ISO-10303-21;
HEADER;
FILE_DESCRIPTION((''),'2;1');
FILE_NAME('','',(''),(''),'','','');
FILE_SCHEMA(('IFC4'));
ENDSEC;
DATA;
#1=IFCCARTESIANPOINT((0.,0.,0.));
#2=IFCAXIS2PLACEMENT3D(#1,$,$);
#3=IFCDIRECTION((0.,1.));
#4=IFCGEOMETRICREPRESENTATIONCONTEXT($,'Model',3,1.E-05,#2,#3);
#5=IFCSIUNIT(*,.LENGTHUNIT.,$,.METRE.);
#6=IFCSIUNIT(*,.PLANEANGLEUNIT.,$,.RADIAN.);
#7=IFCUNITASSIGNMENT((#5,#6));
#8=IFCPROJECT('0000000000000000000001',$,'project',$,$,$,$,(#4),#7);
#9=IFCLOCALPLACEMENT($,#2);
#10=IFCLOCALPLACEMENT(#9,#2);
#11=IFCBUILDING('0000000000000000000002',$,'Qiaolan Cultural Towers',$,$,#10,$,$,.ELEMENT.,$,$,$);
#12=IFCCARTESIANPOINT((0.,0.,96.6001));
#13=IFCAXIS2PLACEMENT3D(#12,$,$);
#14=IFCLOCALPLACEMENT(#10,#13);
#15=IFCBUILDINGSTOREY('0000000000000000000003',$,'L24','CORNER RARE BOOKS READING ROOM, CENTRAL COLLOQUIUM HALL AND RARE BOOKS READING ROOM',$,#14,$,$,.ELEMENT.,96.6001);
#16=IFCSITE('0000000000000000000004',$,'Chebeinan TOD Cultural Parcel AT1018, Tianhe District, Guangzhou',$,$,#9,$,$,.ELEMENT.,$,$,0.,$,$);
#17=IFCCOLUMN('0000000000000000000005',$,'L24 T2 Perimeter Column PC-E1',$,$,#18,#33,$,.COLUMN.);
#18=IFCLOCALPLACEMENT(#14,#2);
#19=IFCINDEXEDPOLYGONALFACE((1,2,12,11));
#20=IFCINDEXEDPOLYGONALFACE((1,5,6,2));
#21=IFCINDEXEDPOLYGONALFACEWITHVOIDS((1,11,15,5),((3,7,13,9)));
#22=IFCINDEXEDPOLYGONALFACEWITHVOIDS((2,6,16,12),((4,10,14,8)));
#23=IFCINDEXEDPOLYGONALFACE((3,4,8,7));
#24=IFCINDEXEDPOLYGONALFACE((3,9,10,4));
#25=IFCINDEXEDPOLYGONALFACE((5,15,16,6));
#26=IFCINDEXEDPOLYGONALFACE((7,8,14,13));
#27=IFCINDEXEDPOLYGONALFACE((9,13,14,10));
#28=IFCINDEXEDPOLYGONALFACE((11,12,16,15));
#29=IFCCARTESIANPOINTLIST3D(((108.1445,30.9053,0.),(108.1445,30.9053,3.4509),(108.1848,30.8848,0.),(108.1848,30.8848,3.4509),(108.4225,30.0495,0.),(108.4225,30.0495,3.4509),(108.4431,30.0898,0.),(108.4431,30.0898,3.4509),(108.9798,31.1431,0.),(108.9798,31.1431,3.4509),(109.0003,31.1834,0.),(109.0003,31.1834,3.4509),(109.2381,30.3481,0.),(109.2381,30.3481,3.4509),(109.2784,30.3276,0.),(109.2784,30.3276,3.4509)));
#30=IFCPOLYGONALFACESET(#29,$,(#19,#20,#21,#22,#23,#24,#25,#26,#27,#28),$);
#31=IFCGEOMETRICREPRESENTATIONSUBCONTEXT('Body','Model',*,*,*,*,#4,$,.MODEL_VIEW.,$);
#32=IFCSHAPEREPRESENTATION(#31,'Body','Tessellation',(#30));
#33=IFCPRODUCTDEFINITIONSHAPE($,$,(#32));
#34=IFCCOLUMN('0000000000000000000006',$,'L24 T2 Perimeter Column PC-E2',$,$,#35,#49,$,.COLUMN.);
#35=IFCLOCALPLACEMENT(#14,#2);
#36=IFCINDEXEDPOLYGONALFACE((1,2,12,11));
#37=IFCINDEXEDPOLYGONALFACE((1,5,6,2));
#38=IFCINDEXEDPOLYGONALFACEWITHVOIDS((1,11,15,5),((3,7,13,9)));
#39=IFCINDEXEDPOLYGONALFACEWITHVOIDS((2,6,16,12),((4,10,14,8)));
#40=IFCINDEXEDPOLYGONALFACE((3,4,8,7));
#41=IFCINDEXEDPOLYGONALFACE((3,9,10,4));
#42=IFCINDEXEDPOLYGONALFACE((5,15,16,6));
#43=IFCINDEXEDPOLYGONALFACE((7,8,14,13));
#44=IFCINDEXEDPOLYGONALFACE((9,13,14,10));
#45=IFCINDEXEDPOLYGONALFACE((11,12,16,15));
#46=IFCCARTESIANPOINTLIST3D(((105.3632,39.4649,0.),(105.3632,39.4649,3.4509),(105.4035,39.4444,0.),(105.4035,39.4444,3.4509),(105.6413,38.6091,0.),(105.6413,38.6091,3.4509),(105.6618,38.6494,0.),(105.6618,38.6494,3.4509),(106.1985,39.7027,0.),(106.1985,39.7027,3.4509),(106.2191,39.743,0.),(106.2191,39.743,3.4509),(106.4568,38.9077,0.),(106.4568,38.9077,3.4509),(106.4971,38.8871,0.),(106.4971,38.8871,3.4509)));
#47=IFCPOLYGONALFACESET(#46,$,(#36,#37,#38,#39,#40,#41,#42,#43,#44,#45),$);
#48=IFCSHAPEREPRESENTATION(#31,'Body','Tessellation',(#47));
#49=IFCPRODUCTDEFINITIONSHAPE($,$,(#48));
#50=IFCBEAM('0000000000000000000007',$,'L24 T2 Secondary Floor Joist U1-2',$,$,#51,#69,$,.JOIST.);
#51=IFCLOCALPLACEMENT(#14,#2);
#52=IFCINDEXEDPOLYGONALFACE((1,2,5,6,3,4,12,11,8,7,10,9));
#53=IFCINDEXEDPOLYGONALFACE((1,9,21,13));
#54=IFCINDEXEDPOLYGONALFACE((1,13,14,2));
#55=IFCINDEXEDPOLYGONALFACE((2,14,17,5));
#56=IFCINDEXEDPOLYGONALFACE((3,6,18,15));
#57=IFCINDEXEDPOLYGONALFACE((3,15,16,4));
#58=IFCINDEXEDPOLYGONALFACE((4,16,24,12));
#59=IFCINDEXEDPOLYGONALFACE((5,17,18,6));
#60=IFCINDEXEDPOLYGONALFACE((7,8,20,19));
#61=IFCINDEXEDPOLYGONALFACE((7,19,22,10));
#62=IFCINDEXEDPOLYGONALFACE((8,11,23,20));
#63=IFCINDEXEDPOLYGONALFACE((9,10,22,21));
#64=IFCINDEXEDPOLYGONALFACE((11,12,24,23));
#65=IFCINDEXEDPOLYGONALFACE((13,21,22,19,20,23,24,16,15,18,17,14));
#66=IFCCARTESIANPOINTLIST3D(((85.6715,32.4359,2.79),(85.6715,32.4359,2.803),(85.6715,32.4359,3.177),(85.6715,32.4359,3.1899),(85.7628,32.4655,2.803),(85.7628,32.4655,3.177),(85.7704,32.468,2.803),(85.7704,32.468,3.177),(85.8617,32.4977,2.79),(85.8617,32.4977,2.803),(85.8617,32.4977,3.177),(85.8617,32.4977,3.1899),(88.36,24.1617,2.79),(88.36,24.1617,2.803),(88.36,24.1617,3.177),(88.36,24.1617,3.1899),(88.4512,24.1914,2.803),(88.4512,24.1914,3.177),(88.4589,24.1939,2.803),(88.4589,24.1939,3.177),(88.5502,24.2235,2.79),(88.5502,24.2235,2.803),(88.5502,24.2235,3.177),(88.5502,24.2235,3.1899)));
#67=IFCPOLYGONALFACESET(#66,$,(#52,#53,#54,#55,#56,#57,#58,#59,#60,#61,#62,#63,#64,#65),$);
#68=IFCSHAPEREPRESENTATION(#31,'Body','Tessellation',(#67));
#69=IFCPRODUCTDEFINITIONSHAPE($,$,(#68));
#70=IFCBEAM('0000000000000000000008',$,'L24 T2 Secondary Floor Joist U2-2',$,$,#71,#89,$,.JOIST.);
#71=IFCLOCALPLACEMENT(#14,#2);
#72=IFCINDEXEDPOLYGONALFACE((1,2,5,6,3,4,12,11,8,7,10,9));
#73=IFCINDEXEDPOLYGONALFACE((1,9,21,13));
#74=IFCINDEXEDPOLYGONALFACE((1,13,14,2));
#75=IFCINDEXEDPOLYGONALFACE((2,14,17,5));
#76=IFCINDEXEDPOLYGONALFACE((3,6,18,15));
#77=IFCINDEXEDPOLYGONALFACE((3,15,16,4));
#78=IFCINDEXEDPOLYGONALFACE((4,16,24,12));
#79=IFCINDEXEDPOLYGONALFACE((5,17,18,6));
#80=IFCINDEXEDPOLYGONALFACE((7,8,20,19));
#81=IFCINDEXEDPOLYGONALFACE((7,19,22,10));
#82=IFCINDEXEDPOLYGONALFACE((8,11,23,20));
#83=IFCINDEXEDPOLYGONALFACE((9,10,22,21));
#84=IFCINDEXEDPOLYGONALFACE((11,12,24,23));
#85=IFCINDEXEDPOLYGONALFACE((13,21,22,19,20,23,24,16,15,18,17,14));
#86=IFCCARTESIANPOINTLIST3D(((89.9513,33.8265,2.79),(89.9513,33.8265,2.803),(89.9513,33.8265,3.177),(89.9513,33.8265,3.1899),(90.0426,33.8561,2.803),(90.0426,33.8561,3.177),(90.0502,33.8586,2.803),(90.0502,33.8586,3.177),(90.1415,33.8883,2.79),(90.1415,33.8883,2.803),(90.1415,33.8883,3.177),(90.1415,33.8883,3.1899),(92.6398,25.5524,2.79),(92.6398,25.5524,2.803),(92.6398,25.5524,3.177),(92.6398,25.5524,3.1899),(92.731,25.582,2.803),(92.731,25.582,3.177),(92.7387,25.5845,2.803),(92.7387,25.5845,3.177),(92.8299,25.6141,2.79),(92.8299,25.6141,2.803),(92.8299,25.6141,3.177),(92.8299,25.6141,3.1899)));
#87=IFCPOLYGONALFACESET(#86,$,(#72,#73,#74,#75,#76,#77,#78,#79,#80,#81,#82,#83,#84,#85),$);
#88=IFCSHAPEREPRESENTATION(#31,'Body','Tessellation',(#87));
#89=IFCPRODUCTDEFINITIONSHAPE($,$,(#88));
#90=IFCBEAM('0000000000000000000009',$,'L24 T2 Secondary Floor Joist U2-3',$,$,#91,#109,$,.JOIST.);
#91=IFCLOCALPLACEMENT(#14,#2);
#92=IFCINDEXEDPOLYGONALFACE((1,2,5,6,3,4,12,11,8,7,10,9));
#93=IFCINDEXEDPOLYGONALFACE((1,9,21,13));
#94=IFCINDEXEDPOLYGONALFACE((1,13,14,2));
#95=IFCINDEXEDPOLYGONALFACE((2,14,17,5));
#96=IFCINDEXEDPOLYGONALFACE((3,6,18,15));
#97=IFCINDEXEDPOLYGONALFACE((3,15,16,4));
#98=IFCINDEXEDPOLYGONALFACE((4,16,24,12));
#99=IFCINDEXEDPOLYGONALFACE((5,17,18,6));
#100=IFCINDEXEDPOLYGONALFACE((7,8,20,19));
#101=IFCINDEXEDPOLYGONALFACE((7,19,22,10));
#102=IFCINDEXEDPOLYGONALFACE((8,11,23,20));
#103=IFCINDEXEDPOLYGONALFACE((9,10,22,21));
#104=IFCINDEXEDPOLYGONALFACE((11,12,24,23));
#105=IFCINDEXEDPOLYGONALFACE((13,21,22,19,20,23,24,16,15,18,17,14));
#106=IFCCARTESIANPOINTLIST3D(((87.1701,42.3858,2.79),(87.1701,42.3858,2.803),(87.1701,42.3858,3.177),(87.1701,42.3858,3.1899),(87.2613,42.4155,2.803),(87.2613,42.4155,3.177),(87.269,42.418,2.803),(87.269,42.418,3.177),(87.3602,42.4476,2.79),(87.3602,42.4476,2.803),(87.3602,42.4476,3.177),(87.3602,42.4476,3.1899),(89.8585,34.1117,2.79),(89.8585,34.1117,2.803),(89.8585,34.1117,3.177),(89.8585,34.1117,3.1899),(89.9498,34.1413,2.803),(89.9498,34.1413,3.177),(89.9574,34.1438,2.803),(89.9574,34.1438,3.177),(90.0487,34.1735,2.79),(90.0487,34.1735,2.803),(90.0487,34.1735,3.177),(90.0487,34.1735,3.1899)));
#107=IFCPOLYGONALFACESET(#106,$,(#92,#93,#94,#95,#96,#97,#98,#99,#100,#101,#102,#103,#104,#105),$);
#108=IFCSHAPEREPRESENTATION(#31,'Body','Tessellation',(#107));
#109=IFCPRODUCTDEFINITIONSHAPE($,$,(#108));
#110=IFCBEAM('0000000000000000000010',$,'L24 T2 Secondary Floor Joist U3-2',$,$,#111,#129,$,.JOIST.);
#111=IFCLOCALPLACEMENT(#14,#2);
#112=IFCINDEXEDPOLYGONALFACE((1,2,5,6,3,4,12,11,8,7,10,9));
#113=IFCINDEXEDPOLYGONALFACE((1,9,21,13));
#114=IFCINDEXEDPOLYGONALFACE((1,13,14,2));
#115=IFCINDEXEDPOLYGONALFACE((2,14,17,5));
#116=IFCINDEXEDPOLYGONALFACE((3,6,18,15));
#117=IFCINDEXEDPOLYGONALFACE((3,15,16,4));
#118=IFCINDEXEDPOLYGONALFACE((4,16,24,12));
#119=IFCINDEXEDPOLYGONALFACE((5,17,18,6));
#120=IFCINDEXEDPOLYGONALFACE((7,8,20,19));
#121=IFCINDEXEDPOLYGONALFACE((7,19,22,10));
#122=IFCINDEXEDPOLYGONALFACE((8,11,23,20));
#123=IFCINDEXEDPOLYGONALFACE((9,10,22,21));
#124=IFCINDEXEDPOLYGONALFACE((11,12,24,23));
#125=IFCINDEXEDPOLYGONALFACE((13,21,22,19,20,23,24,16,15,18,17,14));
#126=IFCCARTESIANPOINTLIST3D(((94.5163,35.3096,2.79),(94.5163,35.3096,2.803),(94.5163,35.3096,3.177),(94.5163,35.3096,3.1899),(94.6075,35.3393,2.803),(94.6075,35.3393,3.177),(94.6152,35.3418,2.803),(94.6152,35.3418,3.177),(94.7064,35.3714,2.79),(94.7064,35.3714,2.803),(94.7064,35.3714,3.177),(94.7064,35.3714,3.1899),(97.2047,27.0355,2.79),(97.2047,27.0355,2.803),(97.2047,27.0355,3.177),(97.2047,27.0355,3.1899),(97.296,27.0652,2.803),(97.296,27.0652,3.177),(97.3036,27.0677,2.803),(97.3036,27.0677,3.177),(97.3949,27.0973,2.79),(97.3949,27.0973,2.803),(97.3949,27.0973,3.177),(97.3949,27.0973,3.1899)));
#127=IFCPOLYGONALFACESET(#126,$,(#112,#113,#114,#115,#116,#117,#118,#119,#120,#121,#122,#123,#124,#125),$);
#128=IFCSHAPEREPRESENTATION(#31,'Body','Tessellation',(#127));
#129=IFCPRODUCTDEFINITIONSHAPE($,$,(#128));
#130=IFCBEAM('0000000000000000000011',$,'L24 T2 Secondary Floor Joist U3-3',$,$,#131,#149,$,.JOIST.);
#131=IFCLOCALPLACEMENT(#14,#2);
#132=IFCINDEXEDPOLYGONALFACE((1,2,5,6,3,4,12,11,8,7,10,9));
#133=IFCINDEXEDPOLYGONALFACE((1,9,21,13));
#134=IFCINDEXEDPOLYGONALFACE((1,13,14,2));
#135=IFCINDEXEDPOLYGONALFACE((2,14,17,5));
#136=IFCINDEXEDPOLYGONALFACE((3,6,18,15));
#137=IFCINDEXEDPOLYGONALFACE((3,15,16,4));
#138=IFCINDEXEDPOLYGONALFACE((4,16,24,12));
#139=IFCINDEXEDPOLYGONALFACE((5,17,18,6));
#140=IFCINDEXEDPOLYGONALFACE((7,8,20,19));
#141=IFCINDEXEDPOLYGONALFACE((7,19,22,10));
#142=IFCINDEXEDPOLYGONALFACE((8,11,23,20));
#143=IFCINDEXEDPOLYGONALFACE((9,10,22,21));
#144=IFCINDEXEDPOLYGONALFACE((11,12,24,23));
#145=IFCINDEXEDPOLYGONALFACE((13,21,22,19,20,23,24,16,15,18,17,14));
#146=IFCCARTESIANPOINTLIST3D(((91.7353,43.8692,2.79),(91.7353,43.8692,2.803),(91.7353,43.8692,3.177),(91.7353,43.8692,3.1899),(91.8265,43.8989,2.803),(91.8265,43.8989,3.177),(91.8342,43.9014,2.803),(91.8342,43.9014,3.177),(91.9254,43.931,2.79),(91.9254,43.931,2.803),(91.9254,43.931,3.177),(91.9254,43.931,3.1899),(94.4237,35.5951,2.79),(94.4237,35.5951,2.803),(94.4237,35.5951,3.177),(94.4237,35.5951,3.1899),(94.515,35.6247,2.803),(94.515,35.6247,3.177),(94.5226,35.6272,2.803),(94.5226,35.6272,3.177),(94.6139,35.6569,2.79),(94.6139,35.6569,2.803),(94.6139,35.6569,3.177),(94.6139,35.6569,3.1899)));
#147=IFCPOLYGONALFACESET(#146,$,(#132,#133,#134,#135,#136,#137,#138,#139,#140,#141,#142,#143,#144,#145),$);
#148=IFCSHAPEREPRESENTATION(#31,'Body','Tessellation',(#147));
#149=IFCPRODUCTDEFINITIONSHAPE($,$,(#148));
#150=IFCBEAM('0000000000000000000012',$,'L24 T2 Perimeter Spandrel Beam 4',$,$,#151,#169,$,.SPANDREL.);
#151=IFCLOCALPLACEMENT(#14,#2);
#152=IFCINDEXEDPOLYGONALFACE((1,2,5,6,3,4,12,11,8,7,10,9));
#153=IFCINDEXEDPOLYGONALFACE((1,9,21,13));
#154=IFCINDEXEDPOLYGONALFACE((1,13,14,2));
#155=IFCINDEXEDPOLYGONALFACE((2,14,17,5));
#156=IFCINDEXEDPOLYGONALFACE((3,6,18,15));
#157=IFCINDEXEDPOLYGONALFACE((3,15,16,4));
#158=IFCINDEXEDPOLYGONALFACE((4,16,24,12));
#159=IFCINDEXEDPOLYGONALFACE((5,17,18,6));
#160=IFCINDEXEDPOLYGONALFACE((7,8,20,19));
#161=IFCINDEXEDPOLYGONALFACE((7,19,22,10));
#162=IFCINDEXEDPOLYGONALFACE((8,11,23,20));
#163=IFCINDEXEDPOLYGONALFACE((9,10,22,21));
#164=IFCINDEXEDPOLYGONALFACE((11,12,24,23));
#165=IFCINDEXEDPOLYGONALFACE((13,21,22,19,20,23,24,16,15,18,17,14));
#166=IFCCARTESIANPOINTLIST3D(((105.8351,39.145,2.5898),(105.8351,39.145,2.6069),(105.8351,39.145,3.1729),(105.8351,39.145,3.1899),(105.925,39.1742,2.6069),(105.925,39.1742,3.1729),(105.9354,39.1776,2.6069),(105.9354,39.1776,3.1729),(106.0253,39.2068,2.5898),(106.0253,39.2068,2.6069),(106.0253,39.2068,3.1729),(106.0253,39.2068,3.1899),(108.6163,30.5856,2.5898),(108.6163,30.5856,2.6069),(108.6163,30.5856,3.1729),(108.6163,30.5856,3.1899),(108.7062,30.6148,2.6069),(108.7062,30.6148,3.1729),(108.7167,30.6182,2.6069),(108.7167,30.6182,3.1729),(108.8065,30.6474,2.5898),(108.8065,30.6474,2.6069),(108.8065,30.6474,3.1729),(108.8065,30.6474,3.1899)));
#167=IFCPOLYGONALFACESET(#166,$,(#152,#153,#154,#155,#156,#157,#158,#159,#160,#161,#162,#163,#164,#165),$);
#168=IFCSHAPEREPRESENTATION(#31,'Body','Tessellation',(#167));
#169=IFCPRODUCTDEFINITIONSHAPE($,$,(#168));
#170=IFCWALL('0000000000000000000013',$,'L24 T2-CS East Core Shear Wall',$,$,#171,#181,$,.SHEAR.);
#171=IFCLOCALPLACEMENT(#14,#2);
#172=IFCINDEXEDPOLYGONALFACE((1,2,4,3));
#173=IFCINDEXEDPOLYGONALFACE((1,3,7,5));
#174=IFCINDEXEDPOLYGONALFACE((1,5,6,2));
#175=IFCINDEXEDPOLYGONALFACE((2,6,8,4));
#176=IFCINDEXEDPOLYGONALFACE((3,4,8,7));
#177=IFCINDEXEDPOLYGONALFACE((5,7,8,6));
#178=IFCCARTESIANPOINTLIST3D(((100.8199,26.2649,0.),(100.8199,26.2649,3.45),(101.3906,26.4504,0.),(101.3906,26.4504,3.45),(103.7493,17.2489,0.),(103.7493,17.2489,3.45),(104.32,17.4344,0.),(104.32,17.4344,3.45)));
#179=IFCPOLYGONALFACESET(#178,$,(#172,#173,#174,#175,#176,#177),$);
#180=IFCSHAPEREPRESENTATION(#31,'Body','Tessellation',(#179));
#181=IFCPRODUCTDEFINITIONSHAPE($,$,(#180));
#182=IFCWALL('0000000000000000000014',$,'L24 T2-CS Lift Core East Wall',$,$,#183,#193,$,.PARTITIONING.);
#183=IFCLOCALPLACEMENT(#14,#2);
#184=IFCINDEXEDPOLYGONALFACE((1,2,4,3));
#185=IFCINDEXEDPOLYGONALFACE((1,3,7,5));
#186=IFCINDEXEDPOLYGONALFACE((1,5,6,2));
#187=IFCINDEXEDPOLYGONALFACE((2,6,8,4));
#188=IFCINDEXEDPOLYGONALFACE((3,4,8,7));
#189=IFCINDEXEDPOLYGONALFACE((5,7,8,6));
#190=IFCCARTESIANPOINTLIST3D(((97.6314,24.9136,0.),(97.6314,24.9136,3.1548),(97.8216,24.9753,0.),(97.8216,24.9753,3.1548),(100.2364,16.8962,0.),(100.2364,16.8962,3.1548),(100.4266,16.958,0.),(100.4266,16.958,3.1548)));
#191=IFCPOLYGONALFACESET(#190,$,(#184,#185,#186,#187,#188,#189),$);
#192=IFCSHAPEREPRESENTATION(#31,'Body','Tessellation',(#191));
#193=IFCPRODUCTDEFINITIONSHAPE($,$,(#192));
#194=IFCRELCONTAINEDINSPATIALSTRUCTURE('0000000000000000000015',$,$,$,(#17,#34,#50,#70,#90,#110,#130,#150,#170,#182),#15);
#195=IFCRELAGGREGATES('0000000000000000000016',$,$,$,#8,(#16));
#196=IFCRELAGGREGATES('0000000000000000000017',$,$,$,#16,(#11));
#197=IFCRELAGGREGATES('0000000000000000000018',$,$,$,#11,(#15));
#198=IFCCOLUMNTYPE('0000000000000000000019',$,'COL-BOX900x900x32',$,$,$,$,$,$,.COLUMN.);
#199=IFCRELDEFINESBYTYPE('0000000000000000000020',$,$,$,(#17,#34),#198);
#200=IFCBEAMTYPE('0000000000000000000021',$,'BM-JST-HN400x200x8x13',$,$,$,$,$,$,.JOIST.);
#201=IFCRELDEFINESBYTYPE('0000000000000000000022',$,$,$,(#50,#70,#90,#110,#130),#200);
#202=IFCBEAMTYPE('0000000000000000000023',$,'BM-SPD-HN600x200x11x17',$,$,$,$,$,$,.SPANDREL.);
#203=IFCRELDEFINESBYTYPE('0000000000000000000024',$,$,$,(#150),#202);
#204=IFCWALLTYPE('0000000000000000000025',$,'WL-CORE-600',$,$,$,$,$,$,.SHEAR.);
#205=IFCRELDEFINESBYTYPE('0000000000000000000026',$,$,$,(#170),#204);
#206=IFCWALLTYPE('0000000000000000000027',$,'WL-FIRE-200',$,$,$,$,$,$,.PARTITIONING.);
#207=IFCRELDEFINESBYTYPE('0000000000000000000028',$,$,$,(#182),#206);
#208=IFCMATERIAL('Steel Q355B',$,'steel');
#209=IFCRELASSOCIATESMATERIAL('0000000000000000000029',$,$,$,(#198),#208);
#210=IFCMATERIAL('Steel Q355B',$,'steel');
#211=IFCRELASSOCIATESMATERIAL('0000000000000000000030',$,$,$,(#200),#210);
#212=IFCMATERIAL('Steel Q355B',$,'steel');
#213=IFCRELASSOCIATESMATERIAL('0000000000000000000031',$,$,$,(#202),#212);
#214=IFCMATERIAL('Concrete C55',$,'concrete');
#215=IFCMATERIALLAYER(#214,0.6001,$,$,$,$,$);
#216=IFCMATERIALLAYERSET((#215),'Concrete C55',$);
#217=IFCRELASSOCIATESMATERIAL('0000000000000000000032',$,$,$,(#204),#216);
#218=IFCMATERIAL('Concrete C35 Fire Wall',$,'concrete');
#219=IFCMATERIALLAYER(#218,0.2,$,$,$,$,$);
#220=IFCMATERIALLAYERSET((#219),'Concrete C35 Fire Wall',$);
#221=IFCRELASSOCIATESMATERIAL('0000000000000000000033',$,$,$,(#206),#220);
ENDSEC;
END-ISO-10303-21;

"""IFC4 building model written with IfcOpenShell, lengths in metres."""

from ifc_helpers import new_model, si_unit, direction, frame, frame_2d, origin, origin_2d, place, context, subcontext, project, spatial, rectangle, hollow_rectangle, i_section, extrude, material, layer, layer_set, material_profile, profile_set, type_object, element, save


model = new_model("IFC4")

# Units and contexts
model_context = context("Model", 3, precision=1e-05, world=origin(), true_north=direction((0.0, 1.0)))
body_context = subcontext(model_context, "Body", "Model", "MODEL_VIEW")
ifc_project = project(units=[si_unit("LENGTHUNIT", "METRE"), si_unit("PLANEANGLEUNIT", "RADIAN")], contexts=[model_context])

# Site, building, storey
site_placement = place(None, origin())
site = spatial("IfcSite", under=ifc_project, at=site_placement, Name="Chebeinan TOD Cultural Parcel AT1018, Tianhe District, Guangzhou", CompositionType="ELEMENT", RefElevation=0.0)
building_placement = place(site_placement, origin())
building = spatial("IfcBuilding", under=site, at=building_placement, Name="Qiaolan Cultural Towers", CompositionType="ELEMENT")
storey_placement = place(building_placement, frame((0.0, 0.0, 96.6001)))
storey = spatial("IfcBuildingStorey", under=building, at=storey_placement, Name="L24", Description="CORNER RARE BOOKS READING ROOM, CENTRAL COLLOQUIUM HALL AND RARE BOOKS READING ROOM", CompositionType="ELEMENT", Elevation=96.6001)

# Columns
ifc_material_1 = material(Name="Steel Q355B", Category="steel")
ifc_material_profile_1 = material_profile(ifc_material_1, hollow_rectangle(XDim=0.8999, YDim=0.8999, WallThickness=0.032, at=origin_2d()), Name="BOX900x900x32")
ifc_profile_set_1 = profile_set([ifc_material_profile_1], Name="Steel Q355B")
column_type = type_object("IfcColumnType", Name="COL-BOX900x900x32", PredefinedType="COLUMN", material=ifc_profile_set_1)
for number, where, z_axis, x_axis, name in (
    (1, (108.7114, 30.6165, 0.0), (0.0, 0.0, 1.0), (0.951057, 0.309017, 0.0), "L24 T2 Perimeter Column PC-E1"),
    (2, (105.9302, 39.176, 0.0), (0.0, 0.0, 1.0), (0.951057, 0.309017, 0.0), "L24 T2 Perimeter Column PC-E2"),
):
    element("IfcColumn", number, at=place(storey_placement, frame(where, z_axis=z_axis, x_axis=x_axis)), inside=storey, type_object=column_type, Name=name, PredefinedType="COLUMN", context=body_context, shape_type="SweptSolid", body=[
        extrude(hollow_rectangle(XDim=0.8999, YDim=0.8999, WallThickness=0.032, at=origin_2d()), origin(), (0.0, 0.0, 1.0), 3.4509),
    ])

# Beams
ifc_material_2 = material(Name="Steel Q355B", Category="steel")
ifc_material_profile_2 = material_profile(ifc_material_2, i_section(OverallWidth=0.2, OverallDepth=0.3999, WebThickness=0.0081, FlangeThickness=0.0129, at=origin_2d()), Name="HN400x200x8x13")
ifc_profile_set_2 = profile_set([ifc_material_profile_2], Name="Steel Q355B")
beam_type_1 = type_object("IfcBeamType", Name="BM-JST-HN400x200x8x13", PredefinedType="JOIST", material=ifc_profile_set_2)
for number, where, z_axis, x_axis, name in (
    (3, (88.4551, 24.1926, 2.99), (-0.309021, 0.951055, 0.0), (-0.951055, -0.309021, 0.0), "L24 T2 Secondary Floor Joist U1-2"),
    (4, (92.7349, 25.5833, 2.99), (-0.309021, 0.951055, 0.0), (-0.951055, -0.309021, 0.0), "L24 T2 Secondary Floor Joist U2-2"),
    (5, (89.9536, 34.1426, 2.99), (-0.309021, 0.951055, 0.0), (-0.951055, -0.309021, 0.0), "L24 T2 Secondary Floor Joist U2-3"),
    (6, (97.2998, 27.0664, 2.99), (-0.309021, 0.951055, 0.0), (-0.951055, -0.309021, 0.0), "L24 T2 Secondary Floor Joist U3-2"),
    (7, (94.5188, 35.626, 2.99), (-0.309021, 0.951055, 0.0), (-0.951055, -0.309021, 0.0), "L24 T2 Secondary Floor Joist U3-3"),
):
    element("IfcBeam", number, at=place(storey_placement, frame(where, z_axis=z_axis, x_axis=x_axis)), inside=storey, type_object=beam_type_1, Name=name, PredefinedType="JOIST", context=body_context, shape_type="SweptSolid", body=[
        extrude(i_section(OverallWidth=0.2, OverallDepth=0.3999, WebThickness=0.0081, FlangeThickness=0.0129, at=origin_2d()), origin(), (0.0, 0.0, 1.0), 8.7),
    ])
ifc_material_3 = material(Name="Steel Q355B", Category="steel")
ifc_material_profile_3 = material_profile(ifc_material_3, i_section(OverallWidth=0.2, OverallDepth=0.6001, WebThickness=0.011, FlangeThickness=0.0171, at=origin_2d()), Name="HN600x200x11x17")
ifc_profile_set_3 = profile_set([ifc_material_profile_3], Name="Steel Q355B")
beam_type_2 = type_object("IfcBeamType", Name="BM-SPD-HN600x200x11x17", PredefinedType="SPANDREL", material=ifc_profile_set_3)
beam_placement = place(storey_placement, frame((108.7114, 30.6165, 2.8899), z_axis=(-0.309025, 0.951054, 0.0), x_axis=(-0.951054, -0.309025, 0.0)))
element("IfcBeam", 8, at=beam_placement, inside=storey, type_object=beam_type_2, Name="L24 T2 Perimeter Spandrel Beam 4", PredefinedType="SPANDREL", context=body_context, shape_type="SweptSolid", body=[
    extrude(i_section(OverallWidth=0.2, OverallDepth=0.6001, WebThickness=0.011, FlangeThickness=0.0171, at=origin_2d()), origin(), (0.0, 0.0, 1.0), 9.0),
])

# Walls
ifc_material_4 = material(Name="Concrete C55", Category="concrete")
ifc_layer_1 = layer(ifc_material_4, 0.6001)
ifc_layer_set_1 = layer_set([ifc_layer_1], Name="Concrete C55")
wall_type_1 = type_object("IfcWallType", Name="WL-CORE-600", PredefinedType="SHEAR", material=ifc_layer_set_1)
wall_1_placement = place(storey_placement, frame((101.1052, 26.3577, 0.0), z_axis=(0.0, 0.0, 1.0), x_axis=(0.30901, -0.951059, 0.0)))
element("IfcWall", 9, at=wall_1_placement, inside=storey, type_object=wall_type_1, Name="L24 T2-CS East Core Shear Wall", PredefinedType="SHEAR", context=body_context, shape_type="SweptSolid", body=[
    extrude(rectangle(XDim=9.48, YDim=0.6001, at=frame_2d((4.74, 0.0))), origin(), (0.0, 0.0, 1.0), 3.45),
])
ifc_material_5 = material(Name="Concrete C35 Fire Wall", Category="concrete")
ifc_layer_2 = layer(ifc_material_5, 0.2)
ifc_layer_set_2 = layer_set([ifc_layer_2], Name="Concrete C35 Fire Wall")
wall_type_2 = type_object("IfcWallType", Name="WL-FIRE-200", PredefinedType="PARTITIONING", material=ifc_layer_set_2)
wall_2_placement = place(storey_placement, frame((97.7266, 24.9443, 0.0), z_axis=(0.0, 0.0, 1.0), x_axis=(0.309016, -0.951057, 0.0)))
element("IfcWall", 10, at=wall_2_placement, inside=storey, type_object=wall_type_2, Name="L24 T2-CS Lift Core East Wall", PredefinedType="PARTITIONING", context=body_context, shape_type="SweptSolid", body=[
    extrude(rectangle(XDim=8.4299, YDim=0.2, at=frame_2d((4.2148, 0.0))), origin(), (0.0, 0.0, 1.0), 3.1548),
])

save(model, "model.ifc")
